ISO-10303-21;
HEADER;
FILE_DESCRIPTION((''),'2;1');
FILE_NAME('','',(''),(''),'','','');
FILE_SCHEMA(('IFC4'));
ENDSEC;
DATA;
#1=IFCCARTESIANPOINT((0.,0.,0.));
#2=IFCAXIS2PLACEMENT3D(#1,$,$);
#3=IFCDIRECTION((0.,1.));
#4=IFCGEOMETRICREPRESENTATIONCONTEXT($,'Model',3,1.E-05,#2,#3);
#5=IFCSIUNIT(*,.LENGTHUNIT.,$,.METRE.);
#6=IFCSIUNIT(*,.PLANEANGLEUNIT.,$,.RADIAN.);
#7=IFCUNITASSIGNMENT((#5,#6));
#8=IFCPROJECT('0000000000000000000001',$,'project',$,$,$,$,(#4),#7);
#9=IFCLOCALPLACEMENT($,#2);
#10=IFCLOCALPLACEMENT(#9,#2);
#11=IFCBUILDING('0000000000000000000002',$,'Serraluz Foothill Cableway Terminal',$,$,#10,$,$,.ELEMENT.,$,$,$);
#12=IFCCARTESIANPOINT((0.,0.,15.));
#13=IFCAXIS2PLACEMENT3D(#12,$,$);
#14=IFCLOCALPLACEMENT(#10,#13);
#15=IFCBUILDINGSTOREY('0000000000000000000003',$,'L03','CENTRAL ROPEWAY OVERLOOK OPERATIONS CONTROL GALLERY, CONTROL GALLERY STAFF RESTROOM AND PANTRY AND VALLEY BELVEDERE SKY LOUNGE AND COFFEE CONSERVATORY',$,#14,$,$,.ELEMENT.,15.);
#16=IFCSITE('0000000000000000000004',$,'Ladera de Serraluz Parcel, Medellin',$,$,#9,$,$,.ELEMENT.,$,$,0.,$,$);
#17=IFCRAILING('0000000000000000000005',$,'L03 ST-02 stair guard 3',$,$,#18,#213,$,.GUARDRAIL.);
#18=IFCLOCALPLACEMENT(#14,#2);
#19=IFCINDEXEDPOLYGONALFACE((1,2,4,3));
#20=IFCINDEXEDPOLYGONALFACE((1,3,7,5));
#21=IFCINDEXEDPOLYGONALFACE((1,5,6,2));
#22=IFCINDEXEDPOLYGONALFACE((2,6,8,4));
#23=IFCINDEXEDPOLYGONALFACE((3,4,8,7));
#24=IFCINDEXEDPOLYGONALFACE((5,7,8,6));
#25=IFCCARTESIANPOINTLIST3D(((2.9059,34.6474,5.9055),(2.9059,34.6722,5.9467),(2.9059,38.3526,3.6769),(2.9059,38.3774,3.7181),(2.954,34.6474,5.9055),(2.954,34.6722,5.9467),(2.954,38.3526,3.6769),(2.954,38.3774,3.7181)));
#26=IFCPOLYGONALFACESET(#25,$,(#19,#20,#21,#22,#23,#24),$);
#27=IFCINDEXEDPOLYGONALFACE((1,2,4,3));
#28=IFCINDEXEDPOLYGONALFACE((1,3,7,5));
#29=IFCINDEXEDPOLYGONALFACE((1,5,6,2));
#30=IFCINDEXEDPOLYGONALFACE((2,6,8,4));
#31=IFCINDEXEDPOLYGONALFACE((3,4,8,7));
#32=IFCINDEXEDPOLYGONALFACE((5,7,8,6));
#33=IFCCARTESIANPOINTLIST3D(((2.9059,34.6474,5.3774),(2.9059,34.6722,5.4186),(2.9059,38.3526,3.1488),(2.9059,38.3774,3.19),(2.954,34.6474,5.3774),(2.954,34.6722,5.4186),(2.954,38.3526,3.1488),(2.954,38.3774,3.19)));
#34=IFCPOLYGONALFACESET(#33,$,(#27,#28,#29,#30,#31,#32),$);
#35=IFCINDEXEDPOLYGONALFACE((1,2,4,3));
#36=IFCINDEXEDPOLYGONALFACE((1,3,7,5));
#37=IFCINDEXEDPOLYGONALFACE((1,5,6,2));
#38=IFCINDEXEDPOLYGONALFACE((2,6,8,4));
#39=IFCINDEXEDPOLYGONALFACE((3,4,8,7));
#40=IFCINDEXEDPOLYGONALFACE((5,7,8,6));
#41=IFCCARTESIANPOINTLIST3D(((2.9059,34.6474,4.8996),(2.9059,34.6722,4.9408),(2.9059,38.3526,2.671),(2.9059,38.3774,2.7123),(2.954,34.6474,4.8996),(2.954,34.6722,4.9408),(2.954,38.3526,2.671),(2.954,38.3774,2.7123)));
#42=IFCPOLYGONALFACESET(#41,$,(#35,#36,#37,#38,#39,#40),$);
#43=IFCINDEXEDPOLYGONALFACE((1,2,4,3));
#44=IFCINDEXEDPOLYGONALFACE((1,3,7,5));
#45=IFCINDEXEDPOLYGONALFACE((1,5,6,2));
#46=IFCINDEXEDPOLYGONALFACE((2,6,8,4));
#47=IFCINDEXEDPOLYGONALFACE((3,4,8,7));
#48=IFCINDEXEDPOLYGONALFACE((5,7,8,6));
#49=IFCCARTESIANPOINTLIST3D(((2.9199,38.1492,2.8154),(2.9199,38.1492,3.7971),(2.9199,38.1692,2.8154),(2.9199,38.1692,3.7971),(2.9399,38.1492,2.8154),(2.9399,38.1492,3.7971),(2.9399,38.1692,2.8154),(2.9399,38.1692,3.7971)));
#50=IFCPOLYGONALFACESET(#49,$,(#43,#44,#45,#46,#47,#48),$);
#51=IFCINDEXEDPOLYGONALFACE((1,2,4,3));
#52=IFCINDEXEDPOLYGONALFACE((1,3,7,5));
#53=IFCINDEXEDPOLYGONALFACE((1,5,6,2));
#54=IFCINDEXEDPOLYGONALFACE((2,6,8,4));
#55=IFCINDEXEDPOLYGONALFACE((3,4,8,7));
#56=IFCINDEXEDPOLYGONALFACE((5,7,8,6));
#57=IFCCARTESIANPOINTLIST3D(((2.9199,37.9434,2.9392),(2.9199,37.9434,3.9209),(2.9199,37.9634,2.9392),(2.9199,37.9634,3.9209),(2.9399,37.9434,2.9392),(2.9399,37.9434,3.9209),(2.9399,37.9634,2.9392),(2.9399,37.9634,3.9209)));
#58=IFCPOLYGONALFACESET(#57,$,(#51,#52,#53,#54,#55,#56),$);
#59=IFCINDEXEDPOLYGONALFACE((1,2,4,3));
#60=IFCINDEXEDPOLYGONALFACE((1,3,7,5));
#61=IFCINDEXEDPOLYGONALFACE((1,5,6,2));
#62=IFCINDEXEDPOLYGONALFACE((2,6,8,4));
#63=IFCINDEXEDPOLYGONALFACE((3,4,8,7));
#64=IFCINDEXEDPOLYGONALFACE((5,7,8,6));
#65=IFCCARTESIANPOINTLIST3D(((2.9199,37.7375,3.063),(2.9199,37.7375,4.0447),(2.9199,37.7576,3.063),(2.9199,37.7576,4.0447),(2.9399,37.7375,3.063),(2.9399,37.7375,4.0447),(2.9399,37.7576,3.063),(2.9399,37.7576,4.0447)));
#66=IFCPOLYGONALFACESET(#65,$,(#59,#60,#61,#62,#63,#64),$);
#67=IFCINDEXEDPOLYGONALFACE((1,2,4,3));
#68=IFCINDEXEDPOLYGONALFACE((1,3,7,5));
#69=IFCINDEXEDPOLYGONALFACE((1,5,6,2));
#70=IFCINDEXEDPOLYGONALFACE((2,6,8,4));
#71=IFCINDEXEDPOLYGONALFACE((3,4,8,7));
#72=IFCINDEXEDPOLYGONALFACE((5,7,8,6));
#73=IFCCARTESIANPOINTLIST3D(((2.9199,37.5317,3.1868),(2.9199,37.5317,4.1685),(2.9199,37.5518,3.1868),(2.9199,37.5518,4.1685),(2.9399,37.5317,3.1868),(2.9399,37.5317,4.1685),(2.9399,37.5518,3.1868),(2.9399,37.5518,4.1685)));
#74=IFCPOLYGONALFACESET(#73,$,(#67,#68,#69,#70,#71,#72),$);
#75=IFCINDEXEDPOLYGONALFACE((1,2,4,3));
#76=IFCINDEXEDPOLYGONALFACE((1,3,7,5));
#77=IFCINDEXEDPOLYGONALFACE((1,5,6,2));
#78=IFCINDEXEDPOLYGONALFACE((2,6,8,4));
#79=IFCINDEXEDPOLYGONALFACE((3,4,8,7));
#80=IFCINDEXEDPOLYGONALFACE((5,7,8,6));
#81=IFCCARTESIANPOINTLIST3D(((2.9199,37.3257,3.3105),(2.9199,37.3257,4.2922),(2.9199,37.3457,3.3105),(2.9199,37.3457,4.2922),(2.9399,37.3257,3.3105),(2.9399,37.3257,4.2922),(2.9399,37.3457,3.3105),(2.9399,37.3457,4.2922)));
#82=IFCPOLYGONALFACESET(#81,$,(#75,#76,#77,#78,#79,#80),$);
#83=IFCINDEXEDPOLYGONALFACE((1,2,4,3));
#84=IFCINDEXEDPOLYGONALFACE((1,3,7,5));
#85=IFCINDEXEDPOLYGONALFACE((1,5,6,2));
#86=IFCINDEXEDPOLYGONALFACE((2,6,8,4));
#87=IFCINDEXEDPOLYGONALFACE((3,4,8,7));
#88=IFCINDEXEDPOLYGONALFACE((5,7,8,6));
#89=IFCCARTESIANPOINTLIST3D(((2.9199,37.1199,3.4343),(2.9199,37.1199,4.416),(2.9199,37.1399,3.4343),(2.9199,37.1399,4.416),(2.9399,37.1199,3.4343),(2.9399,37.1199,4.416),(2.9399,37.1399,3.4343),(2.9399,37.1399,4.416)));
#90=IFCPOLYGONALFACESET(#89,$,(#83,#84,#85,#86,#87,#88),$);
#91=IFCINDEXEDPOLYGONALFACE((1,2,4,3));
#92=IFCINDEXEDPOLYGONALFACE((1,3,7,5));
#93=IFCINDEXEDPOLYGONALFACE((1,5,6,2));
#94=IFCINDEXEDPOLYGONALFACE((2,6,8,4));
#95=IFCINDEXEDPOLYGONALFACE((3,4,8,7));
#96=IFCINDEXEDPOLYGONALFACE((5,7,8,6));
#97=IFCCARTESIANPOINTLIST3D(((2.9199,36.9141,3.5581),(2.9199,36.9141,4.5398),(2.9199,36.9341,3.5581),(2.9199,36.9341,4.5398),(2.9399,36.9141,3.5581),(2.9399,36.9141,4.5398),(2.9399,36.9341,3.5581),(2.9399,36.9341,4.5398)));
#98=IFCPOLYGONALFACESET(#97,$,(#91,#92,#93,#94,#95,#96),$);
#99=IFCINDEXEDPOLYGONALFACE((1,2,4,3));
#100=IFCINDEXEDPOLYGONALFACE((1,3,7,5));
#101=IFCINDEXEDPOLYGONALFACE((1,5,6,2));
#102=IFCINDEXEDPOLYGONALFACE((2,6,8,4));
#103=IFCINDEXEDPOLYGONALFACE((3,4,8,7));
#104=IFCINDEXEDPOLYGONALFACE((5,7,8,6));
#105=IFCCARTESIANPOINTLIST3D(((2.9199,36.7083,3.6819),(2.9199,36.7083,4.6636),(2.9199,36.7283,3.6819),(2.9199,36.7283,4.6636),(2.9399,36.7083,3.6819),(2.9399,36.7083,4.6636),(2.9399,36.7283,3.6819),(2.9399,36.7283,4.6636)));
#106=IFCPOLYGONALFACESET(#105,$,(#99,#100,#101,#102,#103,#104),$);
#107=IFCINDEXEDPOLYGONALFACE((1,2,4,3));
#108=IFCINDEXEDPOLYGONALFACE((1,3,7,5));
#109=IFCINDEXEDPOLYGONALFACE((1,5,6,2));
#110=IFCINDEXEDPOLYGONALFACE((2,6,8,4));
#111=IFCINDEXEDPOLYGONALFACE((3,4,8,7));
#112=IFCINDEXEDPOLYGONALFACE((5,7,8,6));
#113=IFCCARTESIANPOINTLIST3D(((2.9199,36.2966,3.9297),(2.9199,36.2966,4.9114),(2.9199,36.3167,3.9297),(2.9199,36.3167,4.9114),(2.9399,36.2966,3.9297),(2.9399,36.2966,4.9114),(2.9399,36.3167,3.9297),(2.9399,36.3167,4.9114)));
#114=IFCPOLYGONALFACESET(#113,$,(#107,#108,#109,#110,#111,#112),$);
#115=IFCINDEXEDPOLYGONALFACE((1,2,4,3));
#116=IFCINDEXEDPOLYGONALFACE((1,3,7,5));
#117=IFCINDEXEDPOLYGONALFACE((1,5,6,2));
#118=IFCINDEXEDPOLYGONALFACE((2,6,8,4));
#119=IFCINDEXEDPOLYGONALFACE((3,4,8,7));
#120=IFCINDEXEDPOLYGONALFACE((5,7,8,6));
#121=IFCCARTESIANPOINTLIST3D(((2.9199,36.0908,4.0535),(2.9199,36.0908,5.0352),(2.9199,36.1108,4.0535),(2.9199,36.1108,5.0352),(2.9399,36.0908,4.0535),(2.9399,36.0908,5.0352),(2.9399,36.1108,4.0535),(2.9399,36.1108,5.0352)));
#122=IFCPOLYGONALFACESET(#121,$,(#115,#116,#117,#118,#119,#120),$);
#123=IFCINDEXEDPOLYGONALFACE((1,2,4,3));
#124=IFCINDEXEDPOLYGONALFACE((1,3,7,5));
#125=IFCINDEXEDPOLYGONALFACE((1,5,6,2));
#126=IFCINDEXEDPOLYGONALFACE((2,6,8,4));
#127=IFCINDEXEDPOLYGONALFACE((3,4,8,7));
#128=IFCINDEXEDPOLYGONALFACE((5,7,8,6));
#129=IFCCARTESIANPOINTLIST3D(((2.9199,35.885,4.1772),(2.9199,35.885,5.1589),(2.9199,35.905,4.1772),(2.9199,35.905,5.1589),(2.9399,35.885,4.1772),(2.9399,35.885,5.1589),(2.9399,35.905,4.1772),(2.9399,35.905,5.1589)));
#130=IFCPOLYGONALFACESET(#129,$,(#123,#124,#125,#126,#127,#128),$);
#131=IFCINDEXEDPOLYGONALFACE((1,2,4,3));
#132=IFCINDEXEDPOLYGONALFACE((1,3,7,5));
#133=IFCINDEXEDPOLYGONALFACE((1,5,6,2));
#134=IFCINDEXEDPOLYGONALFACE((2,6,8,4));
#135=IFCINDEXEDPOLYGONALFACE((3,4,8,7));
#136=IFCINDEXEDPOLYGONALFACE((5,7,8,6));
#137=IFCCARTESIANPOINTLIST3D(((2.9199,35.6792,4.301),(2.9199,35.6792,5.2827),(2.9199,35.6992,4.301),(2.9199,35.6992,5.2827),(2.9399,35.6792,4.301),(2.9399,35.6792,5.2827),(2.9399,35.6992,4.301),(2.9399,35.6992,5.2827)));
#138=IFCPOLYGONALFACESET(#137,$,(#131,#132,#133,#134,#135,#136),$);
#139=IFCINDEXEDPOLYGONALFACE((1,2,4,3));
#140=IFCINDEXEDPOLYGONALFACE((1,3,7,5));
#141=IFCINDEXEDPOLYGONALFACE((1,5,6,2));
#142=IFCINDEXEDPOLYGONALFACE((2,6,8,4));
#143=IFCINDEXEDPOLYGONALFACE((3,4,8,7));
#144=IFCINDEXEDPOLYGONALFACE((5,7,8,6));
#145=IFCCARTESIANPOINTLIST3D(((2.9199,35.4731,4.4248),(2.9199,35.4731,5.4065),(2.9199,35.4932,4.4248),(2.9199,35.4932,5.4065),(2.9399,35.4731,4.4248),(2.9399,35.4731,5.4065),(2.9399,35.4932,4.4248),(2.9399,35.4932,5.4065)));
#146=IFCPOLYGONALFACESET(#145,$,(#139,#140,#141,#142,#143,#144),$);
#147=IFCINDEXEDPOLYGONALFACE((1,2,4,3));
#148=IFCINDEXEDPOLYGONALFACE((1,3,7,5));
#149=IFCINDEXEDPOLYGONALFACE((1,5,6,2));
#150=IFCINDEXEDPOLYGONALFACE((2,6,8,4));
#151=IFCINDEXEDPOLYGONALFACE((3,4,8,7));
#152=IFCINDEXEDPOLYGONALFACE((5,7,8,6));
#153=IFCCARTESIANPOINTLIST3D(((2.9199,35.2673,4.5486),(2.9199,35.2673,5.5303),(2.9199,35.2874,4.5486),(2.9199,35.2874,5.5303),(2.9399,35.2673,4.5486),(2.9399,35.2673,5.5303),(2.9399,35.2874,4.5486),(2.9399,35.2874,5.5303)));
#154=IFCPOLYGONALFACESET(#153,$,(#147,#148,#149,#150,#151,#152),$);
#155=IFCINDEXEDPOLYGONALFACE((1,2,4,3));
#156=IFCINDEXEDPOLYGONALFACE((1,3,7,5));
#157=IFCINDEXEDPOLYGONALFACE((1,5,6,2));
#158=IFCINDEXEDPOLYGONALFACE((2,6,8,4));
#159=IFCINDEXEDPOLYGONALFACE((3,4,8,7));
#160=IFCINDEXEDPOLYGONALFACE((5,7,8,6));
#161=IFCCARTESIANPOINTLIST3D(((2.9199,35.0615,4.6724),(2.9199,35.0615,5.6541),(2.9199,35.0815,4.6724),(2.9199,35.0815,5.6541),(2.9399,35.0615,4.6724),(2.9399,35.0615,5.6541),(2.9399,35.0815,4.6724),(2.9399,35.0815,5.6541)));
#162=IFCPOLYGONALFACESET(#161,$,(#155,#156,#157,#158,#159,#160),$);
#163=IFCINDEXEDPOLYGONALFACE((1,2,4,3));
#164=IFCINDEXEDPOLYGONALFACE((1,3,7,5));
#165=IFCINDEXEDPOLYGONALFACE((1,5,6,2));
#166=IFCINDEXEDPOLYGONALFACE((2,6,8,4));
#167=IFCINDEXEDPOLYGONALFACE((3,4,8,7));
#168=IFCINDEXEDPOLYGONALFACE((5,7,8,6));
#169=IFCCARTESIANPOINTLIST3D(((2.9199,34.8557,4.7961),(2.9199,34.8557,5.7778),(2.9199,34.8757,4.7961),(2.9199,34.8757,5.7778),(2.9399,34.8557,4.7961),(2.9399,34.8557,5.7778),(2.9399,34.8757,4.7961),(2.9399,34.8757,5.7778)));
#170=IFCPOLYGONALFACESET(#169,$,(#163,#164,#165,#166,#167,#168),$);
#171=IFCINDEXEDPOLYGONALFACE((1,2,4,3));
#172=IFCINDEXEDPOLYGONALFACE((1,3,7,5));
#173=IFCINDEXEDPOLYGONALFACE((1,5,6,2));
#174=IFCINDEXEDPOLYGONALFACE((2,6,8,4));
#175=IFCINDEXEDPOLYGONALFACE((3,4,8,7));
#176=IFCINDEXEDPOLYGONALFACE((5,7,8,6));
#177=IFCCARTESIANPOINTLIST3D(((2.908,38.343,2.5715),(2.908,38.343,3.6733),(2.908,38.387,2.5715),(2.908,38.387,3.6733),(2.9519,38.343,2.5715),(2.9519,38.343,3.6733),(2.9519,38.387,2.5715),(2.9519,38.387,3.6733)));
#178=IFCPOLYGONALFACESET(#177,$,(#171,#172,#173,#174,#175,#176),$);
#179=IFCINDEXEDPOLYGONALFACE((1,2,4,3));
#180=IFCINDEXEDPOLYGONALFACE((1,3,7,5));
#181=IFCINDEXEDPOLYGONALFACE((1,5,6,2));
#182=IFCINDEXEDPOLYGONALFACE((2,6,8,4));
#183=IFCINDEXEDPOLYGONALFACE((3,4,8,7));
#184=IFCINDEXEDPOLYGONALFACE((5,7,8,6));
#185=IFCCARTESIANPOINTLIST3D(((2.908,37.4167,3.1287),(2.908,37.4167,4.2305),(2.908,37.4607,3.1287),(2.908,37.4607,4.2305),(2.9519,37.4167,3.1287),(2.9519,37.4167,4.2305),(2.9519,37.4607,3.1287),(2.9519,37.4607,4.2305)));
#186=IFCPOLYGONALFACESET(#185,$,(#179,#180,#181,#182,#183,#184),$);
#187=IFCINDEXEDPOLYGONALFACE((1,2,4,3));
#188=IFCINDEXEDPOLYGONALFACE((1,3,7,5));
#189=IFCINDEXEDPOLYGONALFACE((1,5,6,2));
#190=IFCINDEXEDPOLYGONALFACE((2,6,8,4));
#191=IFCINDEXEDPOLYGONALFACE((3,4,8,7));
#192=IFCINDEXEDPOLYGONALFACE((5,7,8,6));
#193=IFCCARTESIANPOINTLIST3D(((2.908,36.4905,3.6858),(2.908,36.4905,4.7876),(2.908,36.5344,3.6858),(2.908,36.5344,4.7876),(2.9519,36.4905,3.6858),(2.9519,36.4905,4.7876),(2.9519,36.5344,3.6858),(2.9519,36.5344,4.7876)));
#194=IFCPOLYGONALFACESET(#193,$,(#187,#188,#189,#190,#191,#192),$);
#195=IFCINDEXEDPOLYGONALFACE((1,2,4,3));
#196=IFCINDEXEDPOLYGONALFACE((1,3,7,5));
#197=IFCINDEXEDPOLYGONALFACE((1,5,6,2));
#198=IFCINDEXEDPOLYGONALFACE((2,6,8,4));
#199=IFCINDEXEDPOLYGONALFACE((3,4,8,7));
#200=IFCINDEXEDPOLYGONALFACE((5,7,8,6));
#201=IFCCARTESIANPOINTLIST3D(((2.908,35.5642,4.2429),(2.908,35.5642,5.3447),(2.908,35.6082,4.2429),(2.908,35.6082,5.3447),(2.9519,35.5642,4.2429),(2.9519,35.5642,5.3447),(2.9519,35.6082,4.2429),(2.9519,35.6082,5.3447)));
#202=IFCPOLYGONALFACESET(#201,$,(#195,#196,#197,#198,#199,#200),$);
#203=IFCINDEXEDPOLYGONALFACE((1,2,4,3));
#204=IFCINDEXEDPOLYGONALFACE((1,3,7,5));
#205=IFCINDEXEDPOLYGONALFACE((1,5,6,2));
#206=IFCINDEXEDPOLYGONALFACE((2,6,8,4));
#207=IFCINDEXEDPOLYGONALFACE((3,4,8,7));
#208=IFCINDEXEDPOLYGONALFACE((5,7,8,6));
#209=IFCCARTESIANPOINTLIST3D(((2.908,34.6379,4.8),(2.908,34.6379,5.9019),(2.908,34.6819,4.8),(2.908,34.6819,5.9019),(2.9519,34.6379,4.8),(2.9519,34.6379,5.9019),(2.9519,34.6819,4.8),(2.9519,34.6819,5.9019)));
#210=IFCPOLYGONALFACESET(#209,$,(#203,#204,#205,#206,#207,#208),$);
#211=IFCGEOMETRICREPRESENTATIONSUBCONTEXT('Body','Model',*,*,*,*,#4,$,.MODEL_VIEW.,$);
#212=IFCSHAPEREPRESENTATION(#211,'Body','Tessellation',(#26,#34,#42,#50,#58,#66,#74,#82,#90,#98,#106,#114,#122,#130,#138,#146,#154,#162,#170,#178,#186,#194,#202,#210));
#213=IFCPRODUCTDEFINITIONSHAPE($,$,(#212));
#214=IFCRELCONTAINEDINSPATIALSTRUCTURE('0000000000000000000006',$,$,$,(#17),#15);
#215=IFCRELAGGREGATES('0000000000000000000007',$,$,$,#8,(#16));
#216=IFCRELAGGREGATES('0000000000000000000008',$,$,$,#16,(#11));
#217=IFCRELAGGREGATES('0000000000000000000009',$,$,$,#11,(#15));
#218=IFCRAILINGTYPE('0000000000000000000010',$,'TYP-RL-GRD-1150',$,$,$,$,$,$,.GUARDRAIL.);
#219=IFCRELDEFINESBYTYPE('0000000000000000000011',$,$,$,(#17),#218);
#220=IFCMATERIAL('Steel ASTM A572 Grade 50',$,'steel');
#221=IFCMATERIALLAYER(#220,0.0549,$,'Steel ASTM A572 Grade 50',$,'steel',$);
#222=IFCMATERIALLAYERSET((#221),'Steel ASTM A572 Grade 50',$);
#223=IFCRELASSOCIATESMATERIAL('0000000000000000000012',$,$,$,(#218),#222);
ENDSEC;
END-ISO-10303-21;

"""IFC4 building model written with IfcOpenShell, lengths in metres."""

from ifc_helpers import new_model, si_unit, direction, frame, origin, origin_2d, place, context, subcontext, project, spatial, rectangle, extrude, material, layer, layer_set, type_object, element, save


model = new_model("IFC4")

# Units and contexts
model_context = context("Model", 3, precision=1e-05, world=origin(), true_north=direction((0.0, 1.0)))
body_context = subcontext(model_context, "Body", "Model", "MODEL_VIEW")
ifc_project = project(units=[si_unit("LENGTHUNIT", "METRE"), si_unit("PLANEANGLEUNIT", "RADIAN")], contexts=[model_context])

# Site, building, storey
site_placement = place(None, origin())
site = spatial("IfcSite", under=ifc_project, at=site_placement, Name="Ladera de Serraluz Parcel, Medellin", CompositionType="ELEMENT", RefElevation=0.0)
building_placement = place(site_placement, origin())
building = spatial("IfcBuilding", under=site, at=building_placement, Name="Serraluz Foothill Cableway Terminal", CompositionType="ELEMENT")
storey_placement = place(building_placement, frame((0.0, 0.0, 15.0)))
storey = spatial("IfcBuildingStorey", under=building, at=storey_placement, Name="L03", Description="CENTRAL ROPEWAY OVERLOOK OPERATIONS CONTROL GALLERY, CONTROL GALLERY STAFF RESTROOM AND PANTRY AND VALLEY BELVEDERE SKY LOUNGE AND COFFEE CONSERVATORY", CompositionType="ELEMENT", Elevation=15.0)

# Railing
ifc_material_1 = material(Name="Steel ASTM A572 Grade 50", Category="steel")
ifc_layer_1 = layer(ifc_material_1, 0.0549, Name="Steel ASTM A572 Grade 50", Category="steel")
ifc_layer_set_1 = layer_set([ifc_layer_1], Name="Steel ASTM A572 Grade 50")
railing_type_1 = type_object("IfcRailingType", Name="TYP-RL-GRD-1150", PredefinedType="GUARDRAIL", material=ifc_layer_set_1)
railing_1_placement = place(storey_placement, frame((2.9299, 38.365, 2.5715)))
element("IfcRailing", 1, at=railing_1_placement, inside=storey, type_object=railing_type_1, Name="L03 ST-02 stair guard 3", PredefinedType="GUARDRAIL", context=body_context, shape_type="SweptSolid", body=[
    extrude(rectangle(XDim=0.0481, YDim=0.0481, at=origin_2d()), frame((0.0, 0.0, 1.126), z_axis=(0.0, -0.856934, 0.515425), x_axis=(1.0, 0.0, 0.0)), (0.0, 0.0, 1.0), 4.3237),
    extrude(rectangle(XDim=0.0481, YDim=0.0481, at=origin_2d()), frame((0.0, 0.0, 0.5979), z_axis=(0.0, -0.856934, 0.515425), x_axis=(1.0, 0.0, 0.0)), (0.0, 0.0, 1.0), 4.3237),
    extrude(rectangle(XDim=0.0481, YDim=0.0481, at=origin_2d()), frame((0.0, 0.0, 0.1201), z_axis=(0.0, -0.856934, 0.515425), x_axis=(1.0, 0.0, 0.0)), (0.0, 0.0, 1.0), 4.3237),
    extrude(rectangle(XDim=0.02, YDim=0.02, at=origin_2d()), frame((0.0, -0.2058, 0.2439)), (0.0, 0.0, 1.0), 0.9817),
    extrude(rectangle(XDim=0.02, YDim=0.02, at=origin_2d()), frame((0.0, -0.4116, 0.3677)), (0.0, 0.0, 1.0), 0.9817),
    extrude(rectangle(XDim=0.02, YDim=0.02, at=origin_2d()), frame((0.0, -0.6174, 0.4915)), (0.0, 0.0, 1.0), 0.9817),
    extrude(rectangle(XDim=0.02, YDim=0.02, at=origin_2d()), frame((0.0, -0.8232, 0.6152)), (0.0, 0.0, 1.0), 0.9817),
    extrude(rectangle(XDim=0.02, YDim=0.02, at=origin_2d()), frame((0.0, -1.0293, 0.739)), (0.0, 0.0, 1.0), 0.9817),
    extrude(rectangle(XDim=0.02, YDim=0.02, at=origin_2d()), frame((0.0, -1.2351, 0.8628)), (0.0, 0.0, 1.0), 0.9817),
    extrude(rectangle(XDim=0.02, YDim=0.02, at=origin_2d()), frame((0.0, -1.4409, 0.9866)), (0.0, 0.0, 1.0), 0.9817),
    extrude(rectangle(XDim=0.02, YDim=0.02, at=origin_2d()), frame((0.0, -1.6467, 1.1104)), (0.0, 0.0, 1.0), 0.9817),
    extrude(rectangle(XDim=0.02, YDim=0.02, at=origin_2d()), frame((0.0, -2.0583, 1.3582)), (0.0, 0.0, 1.0), 0.9817),
    extrude(rectangle(XDim=0.02, YDim=0.02, at=origin_2d()), frame((0.0, -2.2642, 1.4819)), (0.0, 0.0, 1.0), 0.9817),
    extrude(rectangle(XDim=0.02, YDim=0.02, at=origin_2d()), frame((0.0, -2.47, 1.6057)), (0.0, 0.0, 1.0), 0.9817),
    extrude(rectangle(XDim=0.02, YDim=0.02, at=origin_2d()), frame((0.0, -2.6758, 1.7295)), (0.0, 0.0, 1.0), 0.9817),
    extrude(rectangle(XDim=0.02, YDim=0.02, at=origin_2d()), frame((0.0, -2.8818, 1.8533)), (0.0, 0.0, 1.0), 0.9817),
    extrude(rectangle(XDim=0.02, YDim=0.02, at=origin_2d()), frame((0.0, -3.0876, 1.9771)), (0.0, 0.0, 1.0), 0.9817),
    extrude(rectangle(XDim=0.02, YDim=0.02, at=origin_2d()), frame((0.0, -3.2935, 2.1008)), (0.0, 0.0, 1.0), 0.9817),
    extrude(rectangle(XDim=0.02, YDim=0.02, at=origin_2d()), frame((0.0, -3.4993, 2.2246)), (0.0, 0.0, 1.0), 0.9817),
    extrude(rectangle(XDim=0.0439, YDim=0.0439, at=origin_2d()), origin(), (0.0, 0.0, 1.0), 1.1018),
    extrude(rectangle(XDim=0.0439, YDim=0.0439, at=origin_2d()), frame((0.0, -0.9263, 0.5571)), (0.0, 0.0, 1.0), 1.1018),
    extrude(rectangle(XDim=0.0439, YDim=0.0439, at=origin_2d()), frame((0.0, -1.8525, 1.1143)), (0.0, 0.0, 1.0), 1.1018),
    extrude(rectangle(XDim=0.0439, YDim=0.0439, at=origin_2d()), frame((0.0, -2.7788, 1.6714)), (0.0, 0.0, 1.0), 1.1018),
    extrude(rectangle(XDim=0.0439, YDim=0.0439, at=origin_2d()), frame((0.0, -3.7051, 2.2285)), (0.0, 0.0, 1.0), 1.1018),
])

save(model, "model.ifc")
